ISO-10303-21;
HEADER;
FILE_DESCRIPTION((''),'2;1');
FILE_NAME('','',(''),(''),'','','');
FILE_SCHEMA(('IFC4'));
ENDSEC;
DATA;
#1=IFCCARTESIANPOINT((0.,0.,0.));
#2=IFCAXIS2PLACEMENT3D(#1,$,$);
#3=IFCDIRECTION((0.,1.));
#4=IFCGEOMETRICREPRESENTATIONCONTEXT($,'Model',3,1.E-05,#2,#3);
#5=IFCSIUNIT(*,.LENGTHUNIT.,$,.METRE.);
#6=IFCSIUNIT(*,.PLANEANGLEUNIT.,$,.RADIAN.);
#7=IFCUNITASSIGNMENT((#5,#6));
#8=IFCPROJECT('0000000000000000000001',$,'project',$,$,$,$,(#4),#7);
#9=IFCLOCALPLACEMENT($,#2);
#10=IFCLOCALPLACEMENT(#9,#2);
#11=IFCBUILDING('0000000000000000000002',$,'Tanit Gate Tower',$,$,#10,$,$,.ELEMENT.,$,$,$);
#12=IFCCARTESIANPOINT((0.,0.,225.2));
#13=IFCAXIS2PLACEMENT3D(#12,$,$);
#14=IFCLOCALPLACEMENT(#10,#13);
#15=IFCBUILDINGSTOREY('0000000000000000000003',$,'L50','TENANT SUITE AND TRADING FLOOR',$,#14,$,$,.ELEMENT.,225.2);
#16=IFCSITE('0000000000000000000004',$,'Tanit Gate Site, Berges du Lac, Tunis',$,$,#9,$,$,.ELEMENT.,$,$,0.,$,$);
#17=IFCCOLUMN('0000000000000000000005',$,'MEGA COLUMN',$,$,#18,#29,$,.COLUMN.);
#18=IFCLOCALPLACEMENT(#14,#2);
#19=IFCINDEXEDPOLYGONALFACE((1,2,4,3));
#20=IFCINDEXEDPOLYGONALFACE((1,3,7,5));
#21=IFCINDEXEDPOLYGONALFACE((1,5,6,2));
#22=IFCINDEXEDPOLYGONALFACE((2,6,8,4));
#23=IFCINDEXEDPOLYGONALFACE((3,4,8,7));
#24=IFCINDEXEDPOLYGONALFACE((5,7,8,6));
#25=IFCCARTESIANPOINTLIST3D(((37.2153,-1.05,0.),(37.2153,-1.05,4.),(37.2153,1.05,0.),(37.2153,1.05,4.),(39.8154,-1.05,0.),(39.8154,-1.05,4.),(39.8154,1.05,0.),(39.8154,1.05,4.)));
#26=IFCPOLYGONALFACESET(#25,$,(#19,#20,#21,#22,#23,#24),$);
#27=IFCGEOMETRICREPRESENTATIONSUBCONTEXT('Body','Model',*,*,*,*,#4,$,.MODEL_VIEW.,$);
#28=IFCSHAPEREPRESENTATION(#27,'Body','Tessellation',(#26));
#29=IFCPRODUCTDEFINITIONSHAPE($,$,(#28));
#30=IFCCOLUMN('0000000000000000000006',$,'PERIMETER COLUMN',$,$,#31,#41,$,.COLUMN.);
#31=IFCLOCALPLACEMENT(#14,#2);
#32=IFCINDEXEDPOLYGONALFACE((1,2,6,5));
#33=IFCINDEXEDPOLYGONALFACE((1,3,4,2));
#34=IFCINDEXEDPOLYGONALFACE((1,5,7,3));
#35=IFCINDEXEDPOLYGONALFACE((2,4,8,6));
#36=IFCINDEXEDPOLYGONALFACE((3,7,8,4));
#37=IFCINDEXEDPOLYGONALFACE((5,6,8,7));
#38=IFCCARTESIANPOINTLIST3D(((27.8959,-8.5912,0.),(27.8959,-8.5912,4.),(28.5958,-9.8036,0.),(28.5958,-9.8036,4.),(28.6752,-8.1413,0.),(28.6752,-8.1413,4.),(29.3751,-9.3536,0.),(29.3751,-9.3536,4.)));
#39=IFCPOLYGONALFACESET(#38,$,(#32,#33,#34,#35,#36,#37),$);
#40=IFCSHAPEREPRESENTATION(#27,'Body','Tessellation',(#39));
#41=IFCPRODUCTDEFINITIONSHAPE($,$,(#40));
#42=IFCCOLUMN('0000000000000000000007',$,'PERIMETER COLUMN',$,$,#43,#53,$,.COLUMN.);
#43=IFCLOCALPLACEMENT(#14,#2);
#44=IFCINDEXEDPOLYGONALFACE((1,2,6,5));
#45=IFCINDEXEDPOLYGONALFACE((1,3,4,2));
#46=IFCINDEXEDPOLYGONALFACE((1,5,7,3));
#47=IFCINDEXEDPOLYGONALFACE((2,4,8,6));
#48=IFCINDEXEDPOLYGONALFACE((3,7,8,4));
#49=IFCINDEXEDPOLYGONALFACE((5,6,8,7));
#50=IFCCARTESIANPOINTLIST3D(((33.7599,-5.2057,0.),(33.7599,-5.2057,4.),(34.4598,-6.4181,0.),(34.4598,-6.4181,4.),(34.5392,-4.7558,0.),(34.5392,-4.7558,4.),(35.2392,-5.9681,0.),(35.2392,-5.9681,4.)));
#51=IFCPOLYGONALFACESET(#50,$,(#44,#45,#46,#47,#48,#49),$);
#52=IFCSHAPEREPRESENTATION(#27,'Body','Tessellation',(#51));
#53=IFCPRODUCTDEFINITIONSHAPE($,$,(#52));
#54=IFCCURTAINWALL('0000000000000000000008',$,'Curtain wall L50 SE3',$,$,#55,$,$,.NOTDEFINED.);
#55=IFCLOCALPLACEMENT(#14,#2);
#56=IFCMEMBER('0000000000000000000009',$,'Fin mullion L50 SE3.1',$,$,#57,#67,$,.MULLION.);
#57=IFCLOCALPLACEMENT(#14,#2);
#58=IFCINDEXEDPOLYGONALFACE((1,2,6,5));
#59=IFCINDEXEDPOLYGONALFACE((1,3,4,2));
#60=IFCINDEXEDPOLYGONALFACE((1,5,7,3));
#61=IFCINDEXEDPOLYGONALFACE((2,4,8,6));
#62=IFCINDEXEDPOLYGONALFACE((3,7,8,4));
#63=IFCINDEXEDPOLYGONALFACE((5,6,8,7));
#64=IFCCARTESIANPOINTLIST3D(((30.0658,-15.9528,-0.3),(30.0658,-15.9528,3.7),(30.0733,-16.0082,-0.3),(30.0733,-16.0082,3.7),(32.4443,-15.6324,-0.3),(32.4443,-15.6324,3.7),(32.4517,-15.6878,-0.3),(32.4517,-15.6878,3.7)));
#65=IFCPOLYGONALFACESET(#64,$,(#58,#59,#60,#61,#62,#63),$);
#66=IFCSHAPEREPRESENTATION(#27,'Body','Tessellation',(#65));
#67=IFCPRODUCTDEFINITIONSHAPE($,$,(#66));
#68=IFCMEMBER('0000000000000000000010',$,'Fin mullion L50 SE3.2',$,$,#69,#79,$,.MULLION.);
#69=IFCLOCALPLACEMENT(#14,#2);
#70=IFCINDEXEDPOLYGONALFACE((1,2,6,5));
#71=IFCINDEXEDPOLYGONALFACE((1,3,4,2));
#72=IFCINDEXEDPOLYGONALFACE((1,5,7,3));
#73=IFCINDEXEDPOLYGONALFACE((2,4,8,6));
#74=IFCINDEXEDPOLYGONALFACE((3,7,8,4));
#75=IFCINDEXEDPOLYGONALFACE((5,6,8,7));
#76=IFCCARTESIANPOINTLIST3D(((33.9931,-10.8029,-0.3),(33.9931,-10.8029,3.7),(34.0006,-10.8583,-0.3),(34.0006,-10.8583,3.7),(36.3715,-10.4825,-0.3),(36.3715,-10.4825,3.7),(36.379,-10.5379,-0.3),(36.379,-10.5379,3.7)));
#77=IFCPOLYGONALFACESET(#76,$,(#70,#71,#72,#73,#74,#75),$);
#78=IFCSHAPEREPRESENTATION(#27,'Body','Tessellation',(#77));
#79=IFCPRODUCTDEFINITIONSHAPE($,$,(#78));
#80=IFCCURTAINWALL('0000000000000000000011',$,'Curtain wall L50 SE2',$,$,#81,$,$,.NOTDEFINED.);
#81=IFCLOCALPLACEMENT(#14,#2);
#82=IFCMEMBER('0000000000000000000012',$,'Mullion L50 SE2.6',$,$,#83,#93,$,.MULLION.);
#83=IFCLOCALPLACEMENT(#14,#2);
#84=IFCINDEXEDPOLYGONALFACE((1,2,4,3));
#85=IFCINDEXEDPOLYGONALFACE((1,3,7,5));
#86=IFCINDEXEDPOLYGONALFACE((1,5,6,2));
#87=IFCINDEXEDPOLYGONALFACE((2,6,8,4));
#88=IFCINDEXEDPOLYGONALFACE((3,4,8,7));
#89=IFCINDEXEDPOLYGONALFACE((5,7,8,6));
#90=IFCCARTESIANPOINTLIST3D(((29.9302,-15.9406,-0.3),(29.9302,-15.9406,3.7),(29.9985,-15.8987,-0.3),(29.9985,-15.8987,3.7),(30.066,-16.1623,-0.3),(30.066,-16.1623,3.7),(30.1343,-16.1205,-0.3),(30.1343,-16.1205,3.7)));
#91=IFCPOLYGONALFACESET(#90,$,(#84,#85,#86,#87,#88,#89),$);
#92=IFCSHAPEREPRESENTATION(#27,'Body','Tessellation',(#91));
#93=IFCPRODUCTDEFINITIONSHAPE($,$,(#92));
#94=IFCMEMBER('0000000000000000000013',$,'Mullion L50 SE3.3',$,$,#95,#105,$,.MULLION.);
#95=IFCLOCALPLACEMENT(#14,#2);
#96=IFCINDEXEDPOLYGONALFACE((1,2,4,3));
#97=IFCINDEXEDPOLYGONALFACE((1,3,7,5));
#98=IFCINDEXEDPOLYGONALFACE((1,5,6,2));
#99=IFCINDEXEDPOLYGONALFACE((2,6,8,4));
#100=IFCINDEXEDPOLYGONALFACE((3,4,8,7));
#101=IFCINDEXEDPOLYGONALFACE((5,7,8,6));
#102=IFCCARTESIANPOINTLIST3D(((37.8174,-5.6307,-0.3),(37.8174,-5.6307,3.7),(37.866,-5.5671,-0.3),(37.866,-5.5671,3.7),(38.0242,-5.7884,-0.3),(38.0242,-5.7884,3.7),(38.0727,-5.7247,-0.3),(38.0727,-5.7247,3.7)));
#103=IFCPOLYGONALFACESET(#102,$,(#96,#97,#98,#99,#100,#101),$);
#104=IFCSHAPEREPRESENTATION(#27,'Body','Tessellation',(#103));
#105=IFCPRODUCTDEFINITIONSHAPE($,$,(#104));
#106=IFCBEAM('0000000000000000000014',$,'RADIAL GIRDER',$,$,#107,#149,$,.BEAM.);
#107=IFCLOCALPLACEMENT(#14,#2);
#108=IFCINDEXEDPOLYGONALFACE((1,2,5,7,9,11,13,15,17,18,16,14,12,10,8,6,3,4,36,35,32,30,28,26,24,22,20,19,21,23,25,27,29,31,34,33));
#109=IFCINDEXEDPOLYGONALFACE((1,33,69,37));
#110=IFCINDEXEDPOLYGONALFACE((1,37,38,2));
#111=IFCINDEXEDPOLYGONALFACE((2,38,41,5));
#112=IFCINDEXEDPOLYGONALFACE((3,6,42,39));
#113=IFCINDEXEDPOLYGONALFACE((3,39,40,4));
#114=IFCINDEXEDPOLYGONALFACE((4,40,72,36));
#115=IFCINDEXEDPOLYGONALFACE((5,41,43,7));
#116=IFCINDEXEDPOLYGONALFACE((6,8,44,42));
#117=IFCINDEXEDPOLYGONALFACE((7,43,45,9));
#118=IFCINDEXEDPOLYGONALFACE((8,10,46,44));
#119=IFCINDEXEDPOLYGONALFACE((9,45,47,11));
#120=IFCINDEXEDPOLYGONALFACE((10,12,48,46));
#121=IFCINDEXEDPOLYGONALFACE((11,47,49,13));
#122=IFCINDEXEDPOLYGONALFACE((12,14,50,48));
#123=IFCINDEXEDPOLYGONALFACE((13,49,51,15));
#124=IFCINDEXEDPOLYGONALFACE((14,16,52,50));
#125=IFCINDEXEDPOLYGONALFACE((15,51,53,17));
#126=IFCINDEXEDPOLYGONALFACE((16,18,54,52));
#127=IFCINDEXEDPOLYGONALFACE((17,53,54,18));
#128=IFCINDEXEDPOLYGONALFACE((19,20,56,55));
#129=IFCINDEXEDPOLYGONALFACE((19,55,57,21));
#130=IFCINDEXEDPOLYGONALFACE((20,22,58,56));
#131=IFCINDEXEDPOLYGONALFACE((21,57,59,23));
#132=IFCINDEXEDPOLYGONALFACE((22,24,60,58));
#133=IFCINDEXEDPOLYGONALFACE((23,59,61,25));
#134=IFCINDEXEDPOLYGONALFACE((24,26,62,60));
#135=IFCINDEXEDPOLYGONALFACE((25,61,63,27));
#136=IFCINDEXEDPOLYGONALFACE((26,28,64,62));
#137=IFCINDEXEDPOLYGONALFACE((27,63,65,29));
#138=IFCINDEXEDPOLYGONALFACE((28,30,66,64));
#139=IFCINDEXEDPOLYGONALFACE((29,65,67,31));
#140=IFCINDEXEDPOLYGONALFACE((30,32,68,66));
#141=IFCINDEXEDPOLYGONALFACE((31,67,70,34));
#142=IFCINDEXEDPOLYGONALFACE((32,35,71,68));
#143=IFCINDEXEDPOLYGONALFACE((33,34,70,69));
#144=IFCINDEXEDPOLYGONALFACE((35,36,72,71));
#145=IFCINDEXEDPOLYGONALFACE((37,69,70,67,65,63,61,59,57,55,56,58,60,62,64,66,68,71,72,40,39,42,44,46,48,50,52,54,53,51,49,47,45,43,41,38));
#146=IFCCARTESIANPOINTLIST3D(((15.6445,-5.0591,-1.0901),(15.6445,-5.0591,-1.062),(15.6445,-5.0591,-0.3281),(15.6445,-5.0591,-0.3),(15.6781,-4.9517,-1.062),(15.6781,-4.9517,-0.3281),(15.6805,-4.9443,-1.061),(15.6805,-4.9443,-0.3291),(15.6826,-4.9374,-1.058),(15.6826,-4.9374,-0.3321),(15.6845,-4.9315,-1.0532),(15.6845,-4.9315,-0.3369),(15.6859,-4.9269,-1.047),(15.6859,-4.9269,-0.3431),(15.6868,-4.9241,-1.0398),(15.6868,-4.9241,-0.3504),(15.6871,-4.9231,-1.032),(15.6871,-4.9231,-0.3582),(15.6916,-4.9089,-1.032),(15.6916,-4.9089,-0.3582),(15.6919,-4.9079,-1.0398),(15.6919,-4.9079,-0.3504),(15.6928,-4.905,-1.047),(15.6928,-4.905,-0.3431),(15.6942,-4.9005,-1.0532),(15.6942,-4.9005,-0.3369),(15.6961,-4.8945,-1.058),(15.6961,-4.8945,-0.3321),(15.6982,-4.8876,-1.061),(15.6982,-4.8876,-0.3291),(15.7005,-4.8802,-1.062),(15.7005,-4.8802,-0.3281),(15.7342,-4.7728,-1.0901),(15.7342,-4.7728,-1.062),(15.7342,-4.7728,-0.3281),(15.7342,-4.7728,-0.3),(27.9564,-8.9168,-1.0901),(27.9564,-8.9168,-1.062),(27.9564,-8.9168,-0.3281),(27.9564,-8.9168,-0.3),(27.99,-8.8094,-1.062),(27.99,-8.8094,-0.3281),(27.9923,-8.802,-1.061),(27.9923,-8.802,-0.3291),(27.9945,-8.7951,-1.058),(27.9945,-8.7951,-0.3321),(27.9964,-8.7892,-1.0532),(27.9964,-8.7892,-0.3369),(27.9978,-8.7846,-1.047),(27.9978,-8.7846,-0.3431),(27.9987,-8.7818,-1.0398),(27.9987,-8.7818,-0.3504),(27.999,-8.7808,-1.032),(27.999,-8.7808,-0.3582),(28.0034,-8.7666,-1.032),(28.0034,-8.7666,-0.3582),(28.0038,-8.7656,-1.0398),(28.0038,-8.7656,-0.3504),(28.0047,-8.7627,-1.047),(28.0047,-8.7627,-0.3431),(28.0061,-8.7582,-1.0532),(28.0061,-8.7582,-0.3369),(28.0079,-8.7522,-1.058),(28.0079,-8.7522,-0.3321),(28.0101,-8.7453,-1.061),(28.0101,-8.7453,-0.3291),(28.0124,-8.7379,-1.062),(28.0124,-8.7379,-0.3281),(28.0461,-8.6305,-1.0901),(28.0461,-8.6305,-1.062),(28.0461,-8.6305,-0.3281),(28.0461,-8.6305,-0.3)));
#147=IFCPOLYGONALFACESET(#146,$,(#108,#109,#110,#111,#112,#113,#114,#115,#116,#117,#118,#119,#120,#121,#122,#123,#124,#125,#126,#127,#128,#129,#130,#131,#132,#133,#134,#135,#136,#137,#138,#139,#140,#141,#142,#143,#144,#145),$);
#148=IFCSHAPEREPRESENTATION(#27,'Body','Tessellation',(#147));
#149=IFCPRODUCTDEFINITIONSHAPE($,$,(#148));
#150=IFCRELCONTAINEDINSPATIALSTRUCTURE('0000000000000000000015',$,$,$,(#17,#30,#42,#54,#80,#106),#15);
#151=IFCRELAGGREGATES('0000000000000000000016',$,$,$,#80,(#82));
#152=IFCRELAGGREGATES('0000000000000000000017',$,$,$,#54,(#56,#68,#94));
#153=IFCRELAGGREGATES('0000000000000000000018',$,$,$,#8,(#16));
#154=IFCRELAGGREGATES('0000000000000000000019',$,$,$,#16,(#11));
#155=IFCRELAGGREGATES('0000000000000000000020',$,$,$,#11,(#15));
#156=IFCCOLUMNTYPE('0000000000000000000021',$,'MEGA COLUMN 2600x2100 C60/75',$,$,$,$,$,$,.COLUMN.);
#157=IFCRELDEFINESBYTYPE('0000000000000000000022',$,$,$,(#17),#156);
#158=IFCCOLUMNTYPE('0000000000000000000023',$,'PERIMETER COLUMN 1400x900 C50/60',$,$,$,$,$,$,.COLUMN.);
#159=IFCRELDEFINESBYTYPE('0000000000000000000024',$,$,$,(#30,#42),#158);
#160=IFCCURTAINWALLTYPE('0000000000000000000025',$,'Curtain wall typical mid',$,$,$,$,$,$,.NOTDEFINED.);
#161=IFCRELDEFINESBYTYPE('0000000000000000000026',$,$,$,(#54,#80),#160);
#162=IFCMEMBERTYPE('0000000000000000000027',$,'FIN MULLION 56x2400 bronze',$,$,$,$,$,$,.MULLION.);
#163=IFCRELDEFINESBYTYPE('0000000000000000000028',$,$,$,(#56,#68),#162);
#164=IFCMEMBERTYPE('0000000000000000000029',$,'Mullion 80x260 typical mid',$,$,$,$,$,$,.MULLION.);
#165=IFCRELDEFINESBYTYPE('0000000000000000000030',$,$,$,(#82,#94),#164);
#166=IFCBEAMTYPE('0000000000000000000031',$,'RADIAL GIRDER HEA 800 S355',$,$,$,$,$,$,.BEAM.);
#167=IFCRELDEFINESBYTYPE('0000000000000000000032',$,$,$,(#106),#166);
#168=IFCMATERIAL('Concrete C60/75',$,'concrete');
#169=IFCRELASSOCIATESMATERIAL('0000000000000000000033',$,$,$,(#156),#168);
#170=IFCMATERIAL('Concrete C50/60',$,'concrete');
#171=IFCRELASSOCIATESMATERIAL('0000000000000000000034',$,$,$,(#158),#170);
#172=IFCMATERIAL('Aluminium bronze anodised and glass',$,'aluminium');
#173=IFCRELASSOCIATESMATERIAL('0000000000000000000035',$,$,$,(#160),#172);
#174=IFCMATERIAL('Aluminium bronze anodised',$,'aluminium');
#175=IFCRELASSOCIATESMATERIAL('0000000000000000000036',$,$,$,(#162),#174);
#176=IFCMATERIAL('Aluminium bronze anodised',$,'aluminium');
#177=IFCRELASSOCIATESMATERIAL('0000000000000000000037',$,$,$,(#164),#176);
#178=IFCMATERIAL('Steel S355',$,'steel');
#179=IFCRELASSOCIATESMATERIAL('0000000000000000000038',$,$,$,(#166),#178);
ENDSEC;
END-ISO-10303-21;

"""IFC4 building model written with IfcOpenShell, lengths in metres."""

from ifc_helpers import new_model, si_unit, direction, frame, origin, origin_2d, place, context, subcontext, project, spatial, rectangle, i_section, extrude, material, material_profile, profile_set, type_object, element, aggregate, save


model = new_model("IFC4")

# Units and contexts
model_context = context("Model", 3, precision=1e-05, world=origin(), true_north=direction((0.0, 1.0)))
body_context = subcontext(model_context, "Body", "Model", "MODEL_VIEW")
ifc_project = project(units=[si_unit("LENGTHUNIT", "METRE"), si_unit("PLANEANGLEUNIT", "RADIAN")], contexts=[model_context])

# Site, building, storey
site_placement = place(None, origin())
site = spatial("IfcSite", under=ifc_project, at=site_placement, Name="Tanit Gate Site, Berges du Lac, Tunis", CompositionType="ELEMENT", RefElevation=0.0)
building_placement = place(site_placement, origin())
building = spatial("IfcBuilding", under=site, at=building_placement, Name="Tanit Gate Tower", CompositionType="ELEMENT")
storey_placement = place(building_placement, frame((0.0, 0.0, 225.2)))
storey = spatial("IfcBuildingStorey", under=building, at=storey_placement, Name="L50", Description="TENANT SUITE AND TRADING FLOOR", CompositionType="ELEMENT", Elevation=225.2)

# Columns
ifc_material_1 = material(Name="Concrete C60/75", Category="concrete")
ifc_material_profile_1 = material_profile(ifc_material_1, rectangle(XDim=2.6001, YDim=2.1001, at=origin_2d()), Name="RC 2600x2100")
ifc_profile_set_1 = profile_set([ifc_material_profile_1], Name="Concrete C60/75")
column_type_1 = type_object("IfcColumnType", Name="MEGA COLUMN 2600x2100 C60/75", PredefinedType="COLUMN", material=ifc_profile_set_1)
column_placement = place(storey_placement, frame((38.5154, 0.0, 0.0), z_axis=(0.0, 0.0, 1.0), x_axis=(1.0, 0.0, 0.0)))
element("IfcColumn", 1, at=column_placement, inside=storey, type_object=column_type_1, Name="MEGA COLUMN", PredefinedType="COLUMN", context=body_context, shape_type="SweptSolid", body=[
    extrude(rectangle(XDim=2.6001, YDim=2.1001, at=origin_2d()), origin(), (0.0, 0.0, 1.0), 4.0),
])
ifc_material_2 = material(Name="Concrete C50/60", Category="concrete")
ifc_material_profile_2 = material_profile(ifc_material_2, rectangle(XDim=1.3999, YDim=0.8999, at=origin_2d()), Name="RC 1400x900")
ifc_profile_set_2 = profile_set([ifc_material_profile_2], Name="Concrete C50/60")
column_type_2 = type_object("IfcColumnType", Name="PERIMETER COLUMN 1400x900 C50/60", PredefinedType="COLUMN", material=ifc_profile_set_2)
for number, where, z_axis, x_axis, name in (
    (2, (28.6355, -8.9724, 0.0), (0.0, 0.0, 1.0), (0.5, -0.866025, 0.0), "PERIMETER COLUMN"),
    (3, (34.4995, -5.5869, 0.0), (0.0, 0.0, 1.0), (0.5, -0.866025, 0.0), "PERIMETER COLUMN"),
):
    element("IfcColumn", number, at=place(storey_placement, frame(where, z_axis=z_axis, x_axis=x_axis)), inside=storey, type_object=column_type_2, Name=name, PredefinedType="COLUMN", context=body_context, shape_type="SweptSolid", body=[
        extrude(rectangle(XDim=1.3999, YDim=0.8999, at=origin_2d()), origin(), (0.0, 0.0, 1.0), 4.0),
    ])

# Curtain wall, members
ifc_material_3 = material(Name="Aluminium bronze anodised and glass", Category="aluminium")
curtain_wall_type = type_object("IfcCurtainWallType", Name="Curtain wall typical mid", PredefinedType="NOTDEFINED", material=ifc_material_3)
curtain_wall_1_placement = place(storey_placement, origin())
curtain_wall_1 = element("IfcCurtainWall", 4, at=curtain_wall_1_placement, inside=storey, type_object=curtain_wall_type, Name="Curtain wall L50 SE3", PredefinedType="NOTDEFINED")
ifc_material_4 = material(Name="Aluminium bronze anodised", Category="aluminium")
ifc_material_profile_3 = material_profile(ifc_material_4, rectangle(XDim=2.3999, YDim=0.0559, at=origin_2d()), Name="56x2400 bronze fin mullion")
ifc_profile_set_3 = profile_set([ifc_material_profile_3], Name="Aluminium bronze anodised")
member_type_1 = type_object("IfcMemberType", Name="FIN MULLION 56x2400 bronze", PredefinedType="MULLION", material=ifc_profile_set_3)
member_1_placement = place(storey_placement, frame((31.2588, -15.8203, -0.3), z_axis=(0.0, 0.0, 1.0), x_axis=(-0.991049, -0.133498, 0.0)))
member_1 = element("IfcMember", 5, at=member_1_placement, type_object=member_type_1, Name="Fin mullion L50 SE3.1", PredefinedType="MULLION", context=body_context, shape_type="SweptSolid", body=[
    extrude(rectangle(XDim=2.3999, YDim=0.0559, at=origin_2d()), origin(), (0.0, 0.0, 1.0), 4.0),
])
member_2_placement = place(storey_placement, frame((35.186, -10.6704, -0.3), z_axis=(0.0, 0.0, 1.0), x_axis=(-0.991049, -0.133498, 0.0)))
member_2 = element("IfcMember", 6, at=member_2_placement, type_object=member_type_1, Name="Fin mullion L50 SE3.2", PredefinedType="MULLION", context=body_context, shape_type="SweptSolid", body=[
    extrude(rectangle(XDim=2.3999, YDim=0.0559, at=origin_2d()), origin(), (0.0, 0.0, 1.0), 4.0),
])

# Curtain wall, member
curtain_wall_2_placement = place(storey_placement, origin())
curtain_wall_2 = element("IfcCurtainWall", 7, at=curtain_wall_2_placement, inside=storey, type_object=curtain_wall_type, Name="Curtain wall L50 SE2", PredefinedType="NOTDEFINED")
ifc_material_5 = material(Name="Aluminium bronze anodised", Category="aluminium")
ifc_material_profile_4 = material_profile(ifc_material_5, rectangle(XDim=0.26, YDim=0.0801, at=origin_2d()), Name="80x260 bronze mullion")
ifc_profile_set_4 = profile_set([ifc_material_profile_4], Name="Aluminium bronze anodised")
member_type_2 = type_object("IfcMemberType", Name="Mullion 80x260 typical mid", PredefinedType="MULLION", material=ifc_profile_set_4)
member_3_placement = place(storey_placement, frame((30.0322, -16.0305, -0.3), z_axis=(0.0, 0.0, 1.0), x_axis=(-0.522401, 0.8527, 0.0)))
member_3 = element("IfcMember", 8, at=member_3_placement, type_object=member_type_2, Name="Mullion L50 SE2.6", PredefinedType="MULLION", context=body_context, shape_type="SweptSolid", body=[
    extrude(rectangle(XDim=0.26, YDim=0.0801, at=origin_2d()), origin(), (0.0, 0.0, 1.0), 4.0),
])

# Member
member_4_placement = place(storey_placement, frame((37.9451, -5.6777, -0.3), z_axis=(0.0, 0.0, 1.0), x_axis=(-0.795175, 0.60638, 0.0)))
member_4 = element("IfcMember", 9, at=member_4_placement, type_object=member_type_2, Name="Mullion L50 SE3.3", PredefinedType="MULLION", context=body_context, shape_type="SweptSolid", body=[
    extrude(rectangle(XDim=0.26, YDim=0.0801, at=origin_2d()), origin(), (0.0, 0.0, 1.0), 4.0),
])

# Beam
ifc_material_6 = material(Name="Steel S355", Category="steel")
ifc_material_profile_5 = material_profile(ifc_material_6, i_section(OverallWidth=0.3, OverallDepth=0.79, WebThickness=0.0149, FlangeThickness=0.0281, FilletRadius=0.03, at=origin_2d()), Name="HEA 800")
ifc_profile_set_5 = profile_set([ifc_material_profile_5], Name="Steel S355")
beam_type_1 = type_object("IfcBeamType", Name="RADIAL GIRDER HEA 800 S355", PredefinedType="BEAM", material=ifc_profile_set_5)
beam_1_placement = place(storey_placement, frame((28.0012, -8.7737, -0.6951), z_axis=(-0.954254, 0.298998, 0.0), x_axis=(-0.298998, -0.954254, 0.0)))
element("IfcBeam", 10, at=beam_1_placement, inside=storey, type_object=beam_type_1, Name="RADIAL GIRDER", PredefinedType="BEAM", context=body_context, shape_type="SweptSolid", body=[
    extrude(i_section(OverallWidth=0.3, OverallDepth=0.79, WebThickness=0.0149, FlangeThickness=0.0281, FilletRadius=0.03, at=origin_2d()), origin(), (0.0, 0.0, 1.0), 12.9021),
])

aggregate(curtain_wall_2, [member_3])
aggregate(curtain_wall_1, [member_1, member_2, member_4])

save(model, "model.ifc")
